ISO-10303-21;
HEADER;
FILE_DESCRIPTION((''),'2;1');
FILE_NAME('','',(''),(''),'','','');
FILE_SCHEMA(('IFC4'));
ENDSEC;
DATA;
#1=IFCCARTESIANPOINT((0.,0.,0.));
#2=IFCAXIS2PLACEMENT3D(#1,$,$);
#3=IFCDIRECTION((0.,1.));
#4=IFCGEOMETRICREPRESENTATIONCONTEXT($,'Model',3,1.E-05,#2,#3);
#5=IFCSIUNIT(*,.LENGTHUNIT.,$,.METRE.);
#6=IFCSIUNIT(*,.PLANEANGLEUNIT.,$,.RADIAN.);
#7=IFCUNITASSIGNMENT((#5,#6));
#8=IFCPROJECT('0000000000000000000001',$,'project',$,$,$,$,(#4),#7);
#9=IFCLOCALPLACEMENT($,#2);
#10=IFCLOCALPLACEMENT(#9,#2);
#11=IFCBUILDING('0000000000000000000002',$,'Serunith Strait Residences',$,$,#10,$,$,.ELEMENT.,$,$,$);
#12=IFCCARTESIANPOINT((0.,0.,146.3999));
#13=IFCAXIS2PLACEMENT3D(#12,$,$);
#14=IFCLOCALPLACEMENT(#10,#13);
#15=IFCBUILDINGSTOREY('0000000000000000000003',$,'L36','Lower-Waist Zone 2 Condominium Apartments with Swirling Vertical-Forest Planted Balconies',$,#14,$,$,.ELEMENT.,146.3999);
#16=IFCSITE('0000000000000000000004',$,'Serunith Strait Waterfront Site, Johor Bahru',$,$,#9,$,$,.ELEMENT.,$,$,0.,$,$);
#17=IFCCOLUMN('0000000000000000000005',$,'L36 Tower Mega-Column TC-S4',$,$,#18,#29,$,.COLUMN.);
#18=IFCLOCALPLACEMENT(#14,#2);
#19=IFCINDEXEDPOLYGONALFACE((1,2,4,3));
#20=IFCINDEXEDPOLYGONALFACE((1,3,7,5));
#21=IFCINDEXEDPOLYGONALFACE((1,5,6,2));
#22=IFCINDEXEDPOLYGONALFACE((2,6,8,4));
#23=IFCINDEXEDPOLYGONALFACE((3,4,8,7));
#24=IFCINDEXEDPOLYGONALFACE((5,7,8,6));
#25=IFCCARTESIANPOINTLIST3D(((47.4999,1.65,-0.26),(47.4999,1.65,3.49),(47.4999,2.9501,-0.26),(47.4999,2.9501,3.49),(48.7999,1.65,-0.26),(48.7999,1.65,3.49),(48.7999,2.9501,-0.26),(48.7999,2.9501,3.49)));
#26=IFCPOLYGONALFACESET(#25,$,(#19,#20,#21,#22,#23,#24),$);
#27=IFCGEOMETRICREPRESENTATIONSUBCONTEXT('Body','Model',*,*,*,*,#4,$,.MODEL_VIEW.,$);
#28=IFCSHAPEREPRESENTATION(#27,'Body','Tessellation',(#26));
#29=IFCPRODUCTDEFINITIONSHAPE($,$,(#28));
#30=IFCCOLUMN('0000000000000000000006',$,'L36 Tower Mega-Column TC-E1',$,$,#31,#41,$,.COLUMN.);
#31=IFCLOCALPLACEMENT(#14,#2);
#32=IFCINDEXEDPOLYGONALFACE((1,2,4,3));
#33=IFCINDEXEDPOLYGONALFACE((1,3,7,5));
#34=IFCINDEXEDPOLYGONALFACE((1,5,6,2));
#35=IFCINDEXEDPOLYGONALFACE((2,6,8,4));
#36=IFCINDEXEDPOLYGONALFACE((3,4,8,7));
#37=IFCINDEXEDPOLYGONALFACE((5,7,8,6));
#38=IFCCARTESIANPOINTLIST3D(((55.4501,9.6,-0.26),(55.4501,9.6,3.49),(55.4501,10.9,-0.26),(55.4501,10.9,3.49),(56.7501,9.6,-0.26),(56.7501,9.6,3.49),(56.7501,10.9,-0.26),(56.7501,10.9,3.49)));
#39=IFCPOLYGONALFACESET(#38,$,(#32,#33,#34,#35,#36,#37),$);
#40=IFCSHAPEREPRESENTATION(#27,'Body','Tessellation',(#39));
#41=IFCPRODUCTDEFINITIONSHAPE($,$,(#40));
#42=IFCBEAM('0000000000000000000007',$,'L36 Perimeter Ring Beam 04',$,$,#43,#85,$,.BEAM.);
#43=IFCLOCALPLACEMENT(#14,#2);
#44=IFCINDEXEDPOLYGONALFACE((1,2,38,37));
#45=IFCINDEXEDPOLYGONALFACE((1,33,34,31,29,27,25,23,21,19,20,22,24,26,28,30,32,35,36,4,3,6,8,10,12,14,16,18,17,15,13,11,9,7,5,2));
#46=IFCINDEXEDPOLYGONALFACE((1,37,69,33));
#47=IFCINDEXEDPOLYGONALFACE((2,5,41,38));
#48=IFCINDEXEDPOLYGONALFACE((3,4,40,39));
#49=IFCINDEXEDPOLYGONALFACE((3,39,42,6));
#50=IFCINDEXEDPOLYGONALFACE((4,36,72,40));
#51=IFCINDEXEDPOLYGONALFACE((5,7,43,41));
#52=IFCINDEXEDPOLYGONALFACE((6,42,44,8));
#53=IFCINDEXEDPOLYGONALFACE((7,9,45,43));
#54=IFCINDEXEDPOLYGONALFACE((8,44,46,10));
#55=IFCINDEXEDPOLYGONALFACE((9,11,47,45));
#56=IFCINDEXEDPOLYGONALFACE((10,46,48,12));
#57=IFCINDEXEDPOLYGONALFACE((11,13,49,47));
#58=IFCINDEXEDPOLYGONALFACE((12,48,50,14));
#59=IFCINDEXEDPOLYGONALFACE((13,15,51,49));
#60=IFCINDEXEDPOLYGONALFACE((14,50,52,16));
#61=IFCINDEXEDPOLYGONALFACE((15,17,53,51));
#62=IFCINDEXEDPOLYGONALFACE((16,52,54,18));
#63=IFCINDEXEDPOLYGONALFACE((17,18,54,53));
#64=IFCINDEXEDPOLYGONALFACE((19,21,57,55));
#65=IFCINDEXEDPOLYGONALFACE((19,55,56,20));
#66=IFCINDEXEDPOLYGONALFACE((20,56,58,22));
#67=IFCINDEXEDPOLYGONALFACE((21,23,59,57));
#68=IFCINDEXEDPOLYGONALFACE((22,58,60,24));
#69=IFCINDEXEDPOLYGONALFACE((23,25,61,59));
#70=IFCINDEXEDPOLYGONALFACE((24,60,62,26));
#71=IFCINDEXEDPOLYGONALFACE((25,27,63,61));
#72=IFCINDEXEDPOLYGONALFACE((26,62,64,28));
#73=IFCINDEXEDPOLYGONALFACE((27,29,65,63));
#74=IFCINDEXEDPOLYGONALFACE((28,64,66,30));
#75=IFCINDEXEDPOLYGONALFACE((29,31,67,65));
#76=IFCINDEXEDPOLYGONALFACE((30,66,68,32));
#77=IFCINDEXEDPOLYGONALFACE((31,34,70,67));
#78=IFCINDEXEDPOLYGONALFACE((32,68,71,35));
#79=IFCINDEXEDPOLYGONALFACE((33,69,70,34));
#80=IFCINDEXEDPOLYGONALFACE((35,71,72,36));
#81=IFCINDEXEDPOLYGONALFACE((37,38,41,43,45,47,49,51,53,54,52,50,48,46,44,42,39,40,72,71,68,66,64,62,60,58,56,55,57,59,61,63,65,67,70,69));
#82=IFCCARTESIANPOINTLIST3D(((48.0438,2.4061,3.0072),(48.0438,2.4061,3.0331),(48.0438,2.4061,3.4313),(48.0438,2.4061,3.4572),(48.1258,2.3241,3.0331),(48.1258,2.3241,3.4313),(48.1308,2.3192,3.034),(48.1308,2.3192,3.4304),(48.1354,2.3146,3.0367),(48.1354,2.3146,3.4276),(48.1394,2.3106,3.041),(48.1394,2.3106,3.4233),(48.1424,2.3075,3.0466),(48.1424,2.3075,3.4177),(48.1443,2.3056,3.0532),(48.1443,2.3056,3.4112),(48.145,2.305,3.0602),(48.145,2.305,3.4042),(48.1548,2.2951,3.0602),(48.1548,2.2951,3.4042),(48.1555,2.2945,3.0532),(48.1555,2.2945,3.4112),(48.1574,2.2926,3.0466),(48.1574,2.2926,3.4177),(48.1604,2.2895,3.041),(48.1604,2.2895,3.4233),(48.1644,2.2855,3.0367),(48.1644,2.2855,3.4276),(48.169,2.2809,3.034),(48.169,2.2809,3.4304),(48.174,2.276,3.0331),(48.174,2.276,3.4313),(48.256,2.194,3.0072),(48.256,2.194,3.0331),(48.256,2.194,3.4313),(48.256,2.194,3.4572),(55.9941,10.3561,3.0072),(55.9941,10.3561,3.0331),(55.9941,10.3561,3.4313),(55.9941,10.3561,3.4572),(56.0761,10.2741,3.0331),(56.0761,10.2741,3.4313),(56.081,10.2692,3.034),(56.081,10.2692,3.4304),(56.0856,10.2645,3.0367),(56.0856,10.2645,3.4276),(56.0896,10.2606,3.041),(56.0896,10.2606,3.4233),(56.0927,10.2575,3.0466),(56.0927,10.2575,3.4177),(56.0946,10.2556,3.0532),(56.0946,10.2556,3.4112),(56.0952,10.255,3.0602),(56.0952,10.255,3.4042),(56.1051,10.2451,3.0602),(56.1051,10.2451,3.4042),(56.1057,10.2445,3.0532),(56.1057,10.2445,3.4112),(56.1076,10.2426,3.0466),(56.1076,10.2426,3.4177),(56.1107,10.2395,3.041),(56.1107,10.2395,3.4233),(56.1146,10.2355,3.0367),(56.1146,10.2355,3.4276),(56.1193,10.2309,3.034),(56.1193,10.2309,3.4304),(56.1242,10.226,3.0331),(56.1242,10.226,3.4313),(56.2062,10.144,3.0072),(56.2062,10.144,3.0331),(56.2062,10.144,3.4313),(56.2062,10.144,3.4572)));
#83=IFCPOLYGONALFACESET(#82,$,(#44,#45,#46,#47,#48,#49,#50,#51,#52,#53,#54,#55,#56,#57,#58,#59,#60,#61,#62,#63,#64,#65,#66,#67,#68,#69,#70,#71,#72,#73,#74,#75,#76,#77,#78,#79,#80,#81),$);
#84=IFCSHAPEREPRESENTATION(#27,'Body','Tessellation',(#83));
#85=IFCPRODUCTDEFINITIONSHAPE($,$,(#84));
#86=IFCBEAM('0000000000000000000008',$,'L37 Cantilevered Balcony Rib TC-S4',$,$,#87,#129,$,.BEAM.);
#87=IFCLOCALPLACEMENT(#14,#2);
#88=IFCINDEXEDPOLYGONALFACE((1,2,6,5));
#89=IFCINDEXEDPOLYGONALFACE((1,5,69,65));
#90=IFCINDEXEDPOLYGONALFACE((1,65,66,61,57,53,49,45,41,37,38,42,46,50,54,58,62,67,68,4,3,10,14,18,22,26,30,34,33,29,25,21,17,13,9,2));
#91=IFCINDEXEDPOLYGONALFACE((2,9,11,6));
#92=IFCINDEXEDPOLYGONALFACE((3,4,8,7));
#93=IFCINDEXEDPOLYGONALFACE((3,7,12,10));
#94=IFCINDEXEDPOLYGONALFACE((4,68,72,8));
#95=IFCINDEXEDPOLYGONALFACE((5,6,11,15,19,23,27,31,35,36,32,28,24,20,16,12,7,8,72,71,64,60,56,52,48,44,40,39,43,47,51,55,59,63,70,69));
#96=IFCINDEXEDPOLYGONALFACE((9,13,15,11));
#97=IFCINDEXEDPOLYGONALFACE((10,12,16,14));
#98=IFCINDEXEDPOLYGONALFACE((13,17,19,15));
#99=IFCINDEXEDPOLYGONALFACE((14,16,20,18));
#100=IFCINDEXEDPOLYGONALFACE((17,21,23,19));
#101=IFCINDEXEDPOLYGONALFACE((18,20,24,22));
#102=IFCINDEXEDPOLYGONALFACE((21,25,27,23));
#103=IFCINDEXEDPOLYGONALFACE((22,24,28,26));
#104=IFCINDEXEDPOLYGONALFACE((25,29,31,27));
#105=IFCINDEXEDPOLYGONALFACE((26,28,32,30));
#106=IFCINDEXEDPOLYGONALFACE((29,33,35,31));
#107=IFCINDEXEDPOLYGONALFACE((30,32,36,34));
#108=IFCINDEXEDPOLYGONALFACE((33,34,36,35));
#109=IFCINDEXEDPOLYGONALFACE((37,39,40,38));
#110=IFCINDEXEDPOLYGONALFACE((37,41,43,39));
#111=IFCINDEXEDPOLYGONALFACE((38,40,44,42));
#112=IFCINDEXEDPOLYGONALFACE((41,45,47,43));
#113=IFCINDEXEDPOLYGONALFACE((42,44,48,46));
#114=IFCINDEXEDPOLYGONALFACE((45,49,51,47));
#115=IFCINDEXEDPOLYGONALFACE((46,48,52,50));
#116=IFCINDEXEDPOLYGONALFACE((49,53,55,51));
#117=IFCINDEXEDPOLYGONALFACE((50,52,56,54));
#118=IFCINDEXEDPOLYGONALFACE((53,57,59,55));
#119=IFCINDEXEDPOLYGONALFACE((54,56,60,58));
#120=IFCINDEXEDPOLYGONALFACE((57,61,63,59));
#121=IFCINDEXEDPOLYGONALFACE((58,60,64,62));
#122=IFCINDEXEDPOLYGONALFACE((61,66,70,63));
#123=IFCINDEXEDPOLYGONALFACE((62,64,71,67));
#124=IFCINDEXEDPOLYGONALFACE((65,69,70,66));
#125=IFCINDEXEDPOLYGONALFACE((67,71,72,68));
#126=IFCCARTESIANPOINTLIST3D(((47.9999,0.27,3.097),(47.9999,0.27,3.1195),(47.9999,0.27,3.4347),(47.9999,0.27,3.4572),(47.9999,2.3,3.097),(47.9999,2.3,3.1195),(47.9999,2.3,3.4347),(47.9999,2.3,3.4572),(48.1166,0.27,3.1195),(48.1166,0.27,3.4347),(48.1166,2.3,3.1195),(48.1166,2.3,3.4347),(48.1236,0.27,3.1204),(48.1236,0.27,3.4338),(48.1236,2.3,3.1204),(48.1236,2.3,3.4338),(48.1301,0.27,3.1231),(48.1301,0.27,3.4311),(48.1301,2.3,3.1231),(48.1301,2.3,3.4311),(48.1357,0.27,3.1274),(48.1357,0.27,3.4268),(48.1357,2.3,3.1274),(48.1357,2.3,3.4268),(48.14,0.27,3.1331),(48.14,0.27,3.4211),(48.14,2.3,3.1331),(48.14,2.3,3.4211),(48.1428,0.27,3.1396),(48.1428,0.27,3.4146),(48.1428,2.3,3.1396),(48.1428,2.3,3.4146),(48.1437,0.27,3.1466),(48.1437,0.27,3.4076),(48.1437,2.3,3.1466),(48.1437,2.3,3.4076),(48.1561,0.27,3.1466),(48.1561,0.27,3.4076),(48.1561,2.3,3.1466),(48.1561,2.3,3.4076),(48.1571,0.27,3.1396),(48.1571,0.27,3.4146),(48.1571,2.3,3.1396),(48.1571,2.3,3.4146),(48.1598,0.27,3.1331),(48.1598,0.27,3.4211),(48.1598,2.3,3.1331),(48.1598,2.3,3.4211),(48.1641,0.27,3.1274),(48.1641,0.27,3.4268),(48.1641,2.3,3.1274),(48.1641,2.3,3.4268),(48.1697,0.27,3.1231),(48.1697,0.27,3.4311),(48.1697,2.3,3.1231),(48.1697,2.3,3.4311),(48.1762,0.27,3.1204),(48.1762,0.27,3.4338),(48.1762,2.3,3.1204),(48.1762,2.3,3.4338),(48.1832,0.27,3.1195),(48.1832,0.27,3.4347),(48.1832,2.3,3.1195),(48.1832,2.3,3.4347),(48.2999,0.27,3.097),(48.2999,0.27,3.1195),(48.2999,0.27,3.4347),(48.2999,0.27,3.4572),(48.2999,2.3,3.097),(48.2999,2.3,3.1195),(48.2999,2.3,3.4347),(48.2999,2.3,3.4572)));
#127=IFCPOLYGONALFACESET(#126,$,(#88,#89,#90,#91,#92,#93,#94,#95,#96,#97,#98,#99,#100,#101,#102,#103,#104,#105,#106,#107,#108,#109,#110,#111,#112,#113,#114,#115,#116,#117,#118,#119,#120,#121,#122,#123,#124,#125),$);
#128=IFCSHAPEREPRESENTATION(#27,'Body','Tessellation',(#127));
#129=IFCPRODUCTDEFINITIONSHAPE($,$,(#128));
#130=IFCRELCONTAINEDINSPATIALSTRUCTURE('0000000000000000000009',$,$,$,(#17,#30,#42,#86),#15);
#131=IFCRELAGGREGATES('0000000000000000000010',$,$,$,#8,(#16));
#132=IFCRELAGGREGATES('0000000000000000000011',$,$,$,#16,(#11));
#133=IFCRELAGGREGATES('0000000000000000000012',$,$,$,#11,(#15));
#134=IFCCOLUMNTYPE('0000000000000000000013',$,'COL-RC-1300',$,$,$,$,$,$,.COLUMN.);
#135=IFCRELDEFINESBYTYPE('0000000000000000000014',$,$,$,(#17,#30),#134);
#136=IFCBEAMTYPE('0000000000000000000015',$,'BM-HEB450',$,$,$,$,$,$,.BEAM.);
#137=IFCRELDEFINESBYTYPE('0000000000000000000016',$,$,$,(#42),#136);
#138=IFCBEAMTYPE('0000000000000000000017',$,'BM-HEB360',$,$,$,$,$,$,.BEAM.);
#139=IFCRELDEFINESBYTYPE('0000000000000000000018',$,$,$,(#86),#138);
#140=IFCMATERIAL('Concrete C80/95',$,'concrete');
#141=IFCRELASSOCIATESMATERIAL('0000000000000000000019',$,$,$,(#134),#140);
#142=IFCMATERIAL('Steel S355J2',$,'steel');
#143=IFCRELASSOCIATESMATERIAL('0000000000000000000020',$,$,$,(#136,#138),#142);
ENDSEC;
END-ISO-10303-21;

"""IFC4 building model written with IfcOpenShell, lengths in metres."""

from ifc_helpers import new_model, si_unit, direction, frame, origin, origin_2d, place, context, subcontext, project, spatial, rectangle, i_section, extrude, source, transform, mapped, material, material_profile, profile_set, type_object, element, save


model = new_model("IFC4")

# Units and contexts
model_context = context("Model", 3, precision=1e-05, world=origin(), true_north=direction((0.0, 1.0)))
body_context = subcontext(model_context, "Body", "Model", "MODEL_VIEW")
ifc_project = project(units=[si_unit("LENGTHUNIT", "METRE"), si_unit("PLANEANGLEUNIT", "RADIAN")], contexts=[model_context])

# Site, building, storey
site_placement = place(None, origin())
site = spatial("IfcSite", under=ifc_project, at=site_placement, Name="Serunith Strait Waterfront Site, Johor Bahru", CompositionType="ELEMENT", RefElevation=0.0)
building_placement = place(site_placement, origin())
building = spatial("IfcBuilding", under=site, at=building_placement, Name="Serunith Strait Residences", CompositionType="ELEMENT")
storey_placement = place(building_placement, frame((0.0, 0.0, 146.3999)))
storey = spatial("IfcBuildingStorey", under=building, at=storey_placement, Name="L36", Description="Lower-Waist Zone 2 Condominium Apartments with Swirling Vertical-Forest Planted Balconies", CompositionType="ELEMENT", Elevation=146.3999)

# Columns
ifc_material_1 = material(Name="Concrete C80/95", Category="concrete")
ifc_material_profile_1 = material_profile(ifc_material_1, rectangle(XDim=1.3, YDim=1.3, at=origin_2d()), Name="RC 1300x1300")
ifc_profile_set_1 = profile_set([ifc_material_profile_1], Name="Concrete C80/95")
column_type = type_object("IfcColumnType", Name="COL-RC-1300", PredefinedType="COLUMN", material=ifc_profile_set_1)
shared_shape_1 = source(origin(), body_context, "Body", "SweptSolid", [
    extrude(rectangle(XDim=1.3, YDim=1.3, at=origin_2d()), origin(), (0.0, 0.0, 1.0), 3.75),
])
for number, where, z_axis, x_axis, name in (
    (1, (48.1499, 2.3, -0.26), (0.0, 0.0, 1.0), (1.0, 0.0, 0.0), "L36 Tower Mega-Column TC-S4"),
    (2, (56.1001, 10.25, -0.26), (0.0, 0.0, 1.0), (1.0, 0.0, 0.0), "L36 Tower Mega-Column TC-E1"),
):
    element("IfcColumn", number, at=place(storey_placement, frame(where, z_axis=z_axis, x_axis=x_axis)), inside=storey, type_object=column_type, Name=name, PredefinedType="COLUMN", context=body_context, shape_type="MappedRepresentation", body=[
        mapped(shared_shape_1, transform((0.0, 0.0, 0.0), scale=1.0)),
    ])

# Beams
ifc_material_2 = material(Name="Steel S355J2", Category="steel")
ifc_material_profile_2 = material_profile(ifc_material_2, i_section(OverallWidth=0.3, OverallDepth=0.45, WebThickness=0.0139, FlangeThickness=0.0259, FilletRadius=0.0271, at=origin_2d()), Name="HEB 450")
ifc_profile_set_2 = profile_set([ifc_material_profile_2], Name="Steel S355J2")
beam_type_1 = type_object("IfcBeamType", Name="BM-HEB450", PredefinedType="BEAM", material=ifc_profile_set_2)
shared_shape_2 = source(origin(), body_context, "Body", "SweptSolid", [
    extrude(i_section(OverallWidth=0.3, OverallDepth=0.45, WebThickness=0.0139, FlangeThickness=0.0259, FilletRadius=0.0271, at=origin_2d()), origin(), (0.0, 0.0, 1.0), 11.2432),
])
beam_1_placement = place(storey_placement, frame((48.1499, 2.3, 3.2322), z_axis=(0.707118, 0.707096, 0.0), x_axis=(-0.707096, 0.707118, 0.0)))
element("IfcBeam", 3, at=beam_1_placement, inside=storey, type_object=beam_type_1, Name="L36 Perimeter Ring Beam 04", PredefinedType="BEAM", context=body_context, shape_type="MappedRepresentation", body=[
    mapped(shared_shape_2, transform((0.0, 0.0, 0.0), scale=1.0)),
])
ifc_material_profile_3 = material_profile(ifc_material_2, i_section(OverallWidth=0.3, OverallDepth=0.3601, WebThickness=0.0125, FlangeThickness=0.0225, FilletRadius=0.0271, at=origin_2d()), Name="HEB 360")
ifc_profile_set_3 = profile_set([ifc_material_profile_3], Name="Steel S355J2")
beam_type_2 = type_object("IfcBeamType", Name="BM-HEB360", PredefinedType="BEAM", material=ifc_profile_set_3)
shared_shape_3 = source(origin(), body_context, "Body", "SweptSolid", [
    extrude(i_section(OverallWidth=0.3, OverallDepth=0.3601, WebThickness=0.0125, FlangeThickness=0.0225, FilletRadius=0.0271, at=origin_2d()), origin(), (0.0, 0.0, 1.0), 2.03),
])
beam_2_placement = place(storey_placement, frame((48.1499, 2.3, 3.2771), z_axis=(0.0, -1.0, 0.0), x_axis=(1.0, 0.0, 0.0)))
element("IfcBeam", 4, at=beam_2_placement, inside=storey, type_object=beam_type_2, Name="L37 Cantilevered Balcony Rib TC-S4", PredefinedType="BEAM", context=body_context, shape_type="MappedRepresentation", body=[
    mapped(shared_shape_3, transform((0.0, 0.0, 0.0), scale=1.0)),
])

save(model, "model.ifc")
